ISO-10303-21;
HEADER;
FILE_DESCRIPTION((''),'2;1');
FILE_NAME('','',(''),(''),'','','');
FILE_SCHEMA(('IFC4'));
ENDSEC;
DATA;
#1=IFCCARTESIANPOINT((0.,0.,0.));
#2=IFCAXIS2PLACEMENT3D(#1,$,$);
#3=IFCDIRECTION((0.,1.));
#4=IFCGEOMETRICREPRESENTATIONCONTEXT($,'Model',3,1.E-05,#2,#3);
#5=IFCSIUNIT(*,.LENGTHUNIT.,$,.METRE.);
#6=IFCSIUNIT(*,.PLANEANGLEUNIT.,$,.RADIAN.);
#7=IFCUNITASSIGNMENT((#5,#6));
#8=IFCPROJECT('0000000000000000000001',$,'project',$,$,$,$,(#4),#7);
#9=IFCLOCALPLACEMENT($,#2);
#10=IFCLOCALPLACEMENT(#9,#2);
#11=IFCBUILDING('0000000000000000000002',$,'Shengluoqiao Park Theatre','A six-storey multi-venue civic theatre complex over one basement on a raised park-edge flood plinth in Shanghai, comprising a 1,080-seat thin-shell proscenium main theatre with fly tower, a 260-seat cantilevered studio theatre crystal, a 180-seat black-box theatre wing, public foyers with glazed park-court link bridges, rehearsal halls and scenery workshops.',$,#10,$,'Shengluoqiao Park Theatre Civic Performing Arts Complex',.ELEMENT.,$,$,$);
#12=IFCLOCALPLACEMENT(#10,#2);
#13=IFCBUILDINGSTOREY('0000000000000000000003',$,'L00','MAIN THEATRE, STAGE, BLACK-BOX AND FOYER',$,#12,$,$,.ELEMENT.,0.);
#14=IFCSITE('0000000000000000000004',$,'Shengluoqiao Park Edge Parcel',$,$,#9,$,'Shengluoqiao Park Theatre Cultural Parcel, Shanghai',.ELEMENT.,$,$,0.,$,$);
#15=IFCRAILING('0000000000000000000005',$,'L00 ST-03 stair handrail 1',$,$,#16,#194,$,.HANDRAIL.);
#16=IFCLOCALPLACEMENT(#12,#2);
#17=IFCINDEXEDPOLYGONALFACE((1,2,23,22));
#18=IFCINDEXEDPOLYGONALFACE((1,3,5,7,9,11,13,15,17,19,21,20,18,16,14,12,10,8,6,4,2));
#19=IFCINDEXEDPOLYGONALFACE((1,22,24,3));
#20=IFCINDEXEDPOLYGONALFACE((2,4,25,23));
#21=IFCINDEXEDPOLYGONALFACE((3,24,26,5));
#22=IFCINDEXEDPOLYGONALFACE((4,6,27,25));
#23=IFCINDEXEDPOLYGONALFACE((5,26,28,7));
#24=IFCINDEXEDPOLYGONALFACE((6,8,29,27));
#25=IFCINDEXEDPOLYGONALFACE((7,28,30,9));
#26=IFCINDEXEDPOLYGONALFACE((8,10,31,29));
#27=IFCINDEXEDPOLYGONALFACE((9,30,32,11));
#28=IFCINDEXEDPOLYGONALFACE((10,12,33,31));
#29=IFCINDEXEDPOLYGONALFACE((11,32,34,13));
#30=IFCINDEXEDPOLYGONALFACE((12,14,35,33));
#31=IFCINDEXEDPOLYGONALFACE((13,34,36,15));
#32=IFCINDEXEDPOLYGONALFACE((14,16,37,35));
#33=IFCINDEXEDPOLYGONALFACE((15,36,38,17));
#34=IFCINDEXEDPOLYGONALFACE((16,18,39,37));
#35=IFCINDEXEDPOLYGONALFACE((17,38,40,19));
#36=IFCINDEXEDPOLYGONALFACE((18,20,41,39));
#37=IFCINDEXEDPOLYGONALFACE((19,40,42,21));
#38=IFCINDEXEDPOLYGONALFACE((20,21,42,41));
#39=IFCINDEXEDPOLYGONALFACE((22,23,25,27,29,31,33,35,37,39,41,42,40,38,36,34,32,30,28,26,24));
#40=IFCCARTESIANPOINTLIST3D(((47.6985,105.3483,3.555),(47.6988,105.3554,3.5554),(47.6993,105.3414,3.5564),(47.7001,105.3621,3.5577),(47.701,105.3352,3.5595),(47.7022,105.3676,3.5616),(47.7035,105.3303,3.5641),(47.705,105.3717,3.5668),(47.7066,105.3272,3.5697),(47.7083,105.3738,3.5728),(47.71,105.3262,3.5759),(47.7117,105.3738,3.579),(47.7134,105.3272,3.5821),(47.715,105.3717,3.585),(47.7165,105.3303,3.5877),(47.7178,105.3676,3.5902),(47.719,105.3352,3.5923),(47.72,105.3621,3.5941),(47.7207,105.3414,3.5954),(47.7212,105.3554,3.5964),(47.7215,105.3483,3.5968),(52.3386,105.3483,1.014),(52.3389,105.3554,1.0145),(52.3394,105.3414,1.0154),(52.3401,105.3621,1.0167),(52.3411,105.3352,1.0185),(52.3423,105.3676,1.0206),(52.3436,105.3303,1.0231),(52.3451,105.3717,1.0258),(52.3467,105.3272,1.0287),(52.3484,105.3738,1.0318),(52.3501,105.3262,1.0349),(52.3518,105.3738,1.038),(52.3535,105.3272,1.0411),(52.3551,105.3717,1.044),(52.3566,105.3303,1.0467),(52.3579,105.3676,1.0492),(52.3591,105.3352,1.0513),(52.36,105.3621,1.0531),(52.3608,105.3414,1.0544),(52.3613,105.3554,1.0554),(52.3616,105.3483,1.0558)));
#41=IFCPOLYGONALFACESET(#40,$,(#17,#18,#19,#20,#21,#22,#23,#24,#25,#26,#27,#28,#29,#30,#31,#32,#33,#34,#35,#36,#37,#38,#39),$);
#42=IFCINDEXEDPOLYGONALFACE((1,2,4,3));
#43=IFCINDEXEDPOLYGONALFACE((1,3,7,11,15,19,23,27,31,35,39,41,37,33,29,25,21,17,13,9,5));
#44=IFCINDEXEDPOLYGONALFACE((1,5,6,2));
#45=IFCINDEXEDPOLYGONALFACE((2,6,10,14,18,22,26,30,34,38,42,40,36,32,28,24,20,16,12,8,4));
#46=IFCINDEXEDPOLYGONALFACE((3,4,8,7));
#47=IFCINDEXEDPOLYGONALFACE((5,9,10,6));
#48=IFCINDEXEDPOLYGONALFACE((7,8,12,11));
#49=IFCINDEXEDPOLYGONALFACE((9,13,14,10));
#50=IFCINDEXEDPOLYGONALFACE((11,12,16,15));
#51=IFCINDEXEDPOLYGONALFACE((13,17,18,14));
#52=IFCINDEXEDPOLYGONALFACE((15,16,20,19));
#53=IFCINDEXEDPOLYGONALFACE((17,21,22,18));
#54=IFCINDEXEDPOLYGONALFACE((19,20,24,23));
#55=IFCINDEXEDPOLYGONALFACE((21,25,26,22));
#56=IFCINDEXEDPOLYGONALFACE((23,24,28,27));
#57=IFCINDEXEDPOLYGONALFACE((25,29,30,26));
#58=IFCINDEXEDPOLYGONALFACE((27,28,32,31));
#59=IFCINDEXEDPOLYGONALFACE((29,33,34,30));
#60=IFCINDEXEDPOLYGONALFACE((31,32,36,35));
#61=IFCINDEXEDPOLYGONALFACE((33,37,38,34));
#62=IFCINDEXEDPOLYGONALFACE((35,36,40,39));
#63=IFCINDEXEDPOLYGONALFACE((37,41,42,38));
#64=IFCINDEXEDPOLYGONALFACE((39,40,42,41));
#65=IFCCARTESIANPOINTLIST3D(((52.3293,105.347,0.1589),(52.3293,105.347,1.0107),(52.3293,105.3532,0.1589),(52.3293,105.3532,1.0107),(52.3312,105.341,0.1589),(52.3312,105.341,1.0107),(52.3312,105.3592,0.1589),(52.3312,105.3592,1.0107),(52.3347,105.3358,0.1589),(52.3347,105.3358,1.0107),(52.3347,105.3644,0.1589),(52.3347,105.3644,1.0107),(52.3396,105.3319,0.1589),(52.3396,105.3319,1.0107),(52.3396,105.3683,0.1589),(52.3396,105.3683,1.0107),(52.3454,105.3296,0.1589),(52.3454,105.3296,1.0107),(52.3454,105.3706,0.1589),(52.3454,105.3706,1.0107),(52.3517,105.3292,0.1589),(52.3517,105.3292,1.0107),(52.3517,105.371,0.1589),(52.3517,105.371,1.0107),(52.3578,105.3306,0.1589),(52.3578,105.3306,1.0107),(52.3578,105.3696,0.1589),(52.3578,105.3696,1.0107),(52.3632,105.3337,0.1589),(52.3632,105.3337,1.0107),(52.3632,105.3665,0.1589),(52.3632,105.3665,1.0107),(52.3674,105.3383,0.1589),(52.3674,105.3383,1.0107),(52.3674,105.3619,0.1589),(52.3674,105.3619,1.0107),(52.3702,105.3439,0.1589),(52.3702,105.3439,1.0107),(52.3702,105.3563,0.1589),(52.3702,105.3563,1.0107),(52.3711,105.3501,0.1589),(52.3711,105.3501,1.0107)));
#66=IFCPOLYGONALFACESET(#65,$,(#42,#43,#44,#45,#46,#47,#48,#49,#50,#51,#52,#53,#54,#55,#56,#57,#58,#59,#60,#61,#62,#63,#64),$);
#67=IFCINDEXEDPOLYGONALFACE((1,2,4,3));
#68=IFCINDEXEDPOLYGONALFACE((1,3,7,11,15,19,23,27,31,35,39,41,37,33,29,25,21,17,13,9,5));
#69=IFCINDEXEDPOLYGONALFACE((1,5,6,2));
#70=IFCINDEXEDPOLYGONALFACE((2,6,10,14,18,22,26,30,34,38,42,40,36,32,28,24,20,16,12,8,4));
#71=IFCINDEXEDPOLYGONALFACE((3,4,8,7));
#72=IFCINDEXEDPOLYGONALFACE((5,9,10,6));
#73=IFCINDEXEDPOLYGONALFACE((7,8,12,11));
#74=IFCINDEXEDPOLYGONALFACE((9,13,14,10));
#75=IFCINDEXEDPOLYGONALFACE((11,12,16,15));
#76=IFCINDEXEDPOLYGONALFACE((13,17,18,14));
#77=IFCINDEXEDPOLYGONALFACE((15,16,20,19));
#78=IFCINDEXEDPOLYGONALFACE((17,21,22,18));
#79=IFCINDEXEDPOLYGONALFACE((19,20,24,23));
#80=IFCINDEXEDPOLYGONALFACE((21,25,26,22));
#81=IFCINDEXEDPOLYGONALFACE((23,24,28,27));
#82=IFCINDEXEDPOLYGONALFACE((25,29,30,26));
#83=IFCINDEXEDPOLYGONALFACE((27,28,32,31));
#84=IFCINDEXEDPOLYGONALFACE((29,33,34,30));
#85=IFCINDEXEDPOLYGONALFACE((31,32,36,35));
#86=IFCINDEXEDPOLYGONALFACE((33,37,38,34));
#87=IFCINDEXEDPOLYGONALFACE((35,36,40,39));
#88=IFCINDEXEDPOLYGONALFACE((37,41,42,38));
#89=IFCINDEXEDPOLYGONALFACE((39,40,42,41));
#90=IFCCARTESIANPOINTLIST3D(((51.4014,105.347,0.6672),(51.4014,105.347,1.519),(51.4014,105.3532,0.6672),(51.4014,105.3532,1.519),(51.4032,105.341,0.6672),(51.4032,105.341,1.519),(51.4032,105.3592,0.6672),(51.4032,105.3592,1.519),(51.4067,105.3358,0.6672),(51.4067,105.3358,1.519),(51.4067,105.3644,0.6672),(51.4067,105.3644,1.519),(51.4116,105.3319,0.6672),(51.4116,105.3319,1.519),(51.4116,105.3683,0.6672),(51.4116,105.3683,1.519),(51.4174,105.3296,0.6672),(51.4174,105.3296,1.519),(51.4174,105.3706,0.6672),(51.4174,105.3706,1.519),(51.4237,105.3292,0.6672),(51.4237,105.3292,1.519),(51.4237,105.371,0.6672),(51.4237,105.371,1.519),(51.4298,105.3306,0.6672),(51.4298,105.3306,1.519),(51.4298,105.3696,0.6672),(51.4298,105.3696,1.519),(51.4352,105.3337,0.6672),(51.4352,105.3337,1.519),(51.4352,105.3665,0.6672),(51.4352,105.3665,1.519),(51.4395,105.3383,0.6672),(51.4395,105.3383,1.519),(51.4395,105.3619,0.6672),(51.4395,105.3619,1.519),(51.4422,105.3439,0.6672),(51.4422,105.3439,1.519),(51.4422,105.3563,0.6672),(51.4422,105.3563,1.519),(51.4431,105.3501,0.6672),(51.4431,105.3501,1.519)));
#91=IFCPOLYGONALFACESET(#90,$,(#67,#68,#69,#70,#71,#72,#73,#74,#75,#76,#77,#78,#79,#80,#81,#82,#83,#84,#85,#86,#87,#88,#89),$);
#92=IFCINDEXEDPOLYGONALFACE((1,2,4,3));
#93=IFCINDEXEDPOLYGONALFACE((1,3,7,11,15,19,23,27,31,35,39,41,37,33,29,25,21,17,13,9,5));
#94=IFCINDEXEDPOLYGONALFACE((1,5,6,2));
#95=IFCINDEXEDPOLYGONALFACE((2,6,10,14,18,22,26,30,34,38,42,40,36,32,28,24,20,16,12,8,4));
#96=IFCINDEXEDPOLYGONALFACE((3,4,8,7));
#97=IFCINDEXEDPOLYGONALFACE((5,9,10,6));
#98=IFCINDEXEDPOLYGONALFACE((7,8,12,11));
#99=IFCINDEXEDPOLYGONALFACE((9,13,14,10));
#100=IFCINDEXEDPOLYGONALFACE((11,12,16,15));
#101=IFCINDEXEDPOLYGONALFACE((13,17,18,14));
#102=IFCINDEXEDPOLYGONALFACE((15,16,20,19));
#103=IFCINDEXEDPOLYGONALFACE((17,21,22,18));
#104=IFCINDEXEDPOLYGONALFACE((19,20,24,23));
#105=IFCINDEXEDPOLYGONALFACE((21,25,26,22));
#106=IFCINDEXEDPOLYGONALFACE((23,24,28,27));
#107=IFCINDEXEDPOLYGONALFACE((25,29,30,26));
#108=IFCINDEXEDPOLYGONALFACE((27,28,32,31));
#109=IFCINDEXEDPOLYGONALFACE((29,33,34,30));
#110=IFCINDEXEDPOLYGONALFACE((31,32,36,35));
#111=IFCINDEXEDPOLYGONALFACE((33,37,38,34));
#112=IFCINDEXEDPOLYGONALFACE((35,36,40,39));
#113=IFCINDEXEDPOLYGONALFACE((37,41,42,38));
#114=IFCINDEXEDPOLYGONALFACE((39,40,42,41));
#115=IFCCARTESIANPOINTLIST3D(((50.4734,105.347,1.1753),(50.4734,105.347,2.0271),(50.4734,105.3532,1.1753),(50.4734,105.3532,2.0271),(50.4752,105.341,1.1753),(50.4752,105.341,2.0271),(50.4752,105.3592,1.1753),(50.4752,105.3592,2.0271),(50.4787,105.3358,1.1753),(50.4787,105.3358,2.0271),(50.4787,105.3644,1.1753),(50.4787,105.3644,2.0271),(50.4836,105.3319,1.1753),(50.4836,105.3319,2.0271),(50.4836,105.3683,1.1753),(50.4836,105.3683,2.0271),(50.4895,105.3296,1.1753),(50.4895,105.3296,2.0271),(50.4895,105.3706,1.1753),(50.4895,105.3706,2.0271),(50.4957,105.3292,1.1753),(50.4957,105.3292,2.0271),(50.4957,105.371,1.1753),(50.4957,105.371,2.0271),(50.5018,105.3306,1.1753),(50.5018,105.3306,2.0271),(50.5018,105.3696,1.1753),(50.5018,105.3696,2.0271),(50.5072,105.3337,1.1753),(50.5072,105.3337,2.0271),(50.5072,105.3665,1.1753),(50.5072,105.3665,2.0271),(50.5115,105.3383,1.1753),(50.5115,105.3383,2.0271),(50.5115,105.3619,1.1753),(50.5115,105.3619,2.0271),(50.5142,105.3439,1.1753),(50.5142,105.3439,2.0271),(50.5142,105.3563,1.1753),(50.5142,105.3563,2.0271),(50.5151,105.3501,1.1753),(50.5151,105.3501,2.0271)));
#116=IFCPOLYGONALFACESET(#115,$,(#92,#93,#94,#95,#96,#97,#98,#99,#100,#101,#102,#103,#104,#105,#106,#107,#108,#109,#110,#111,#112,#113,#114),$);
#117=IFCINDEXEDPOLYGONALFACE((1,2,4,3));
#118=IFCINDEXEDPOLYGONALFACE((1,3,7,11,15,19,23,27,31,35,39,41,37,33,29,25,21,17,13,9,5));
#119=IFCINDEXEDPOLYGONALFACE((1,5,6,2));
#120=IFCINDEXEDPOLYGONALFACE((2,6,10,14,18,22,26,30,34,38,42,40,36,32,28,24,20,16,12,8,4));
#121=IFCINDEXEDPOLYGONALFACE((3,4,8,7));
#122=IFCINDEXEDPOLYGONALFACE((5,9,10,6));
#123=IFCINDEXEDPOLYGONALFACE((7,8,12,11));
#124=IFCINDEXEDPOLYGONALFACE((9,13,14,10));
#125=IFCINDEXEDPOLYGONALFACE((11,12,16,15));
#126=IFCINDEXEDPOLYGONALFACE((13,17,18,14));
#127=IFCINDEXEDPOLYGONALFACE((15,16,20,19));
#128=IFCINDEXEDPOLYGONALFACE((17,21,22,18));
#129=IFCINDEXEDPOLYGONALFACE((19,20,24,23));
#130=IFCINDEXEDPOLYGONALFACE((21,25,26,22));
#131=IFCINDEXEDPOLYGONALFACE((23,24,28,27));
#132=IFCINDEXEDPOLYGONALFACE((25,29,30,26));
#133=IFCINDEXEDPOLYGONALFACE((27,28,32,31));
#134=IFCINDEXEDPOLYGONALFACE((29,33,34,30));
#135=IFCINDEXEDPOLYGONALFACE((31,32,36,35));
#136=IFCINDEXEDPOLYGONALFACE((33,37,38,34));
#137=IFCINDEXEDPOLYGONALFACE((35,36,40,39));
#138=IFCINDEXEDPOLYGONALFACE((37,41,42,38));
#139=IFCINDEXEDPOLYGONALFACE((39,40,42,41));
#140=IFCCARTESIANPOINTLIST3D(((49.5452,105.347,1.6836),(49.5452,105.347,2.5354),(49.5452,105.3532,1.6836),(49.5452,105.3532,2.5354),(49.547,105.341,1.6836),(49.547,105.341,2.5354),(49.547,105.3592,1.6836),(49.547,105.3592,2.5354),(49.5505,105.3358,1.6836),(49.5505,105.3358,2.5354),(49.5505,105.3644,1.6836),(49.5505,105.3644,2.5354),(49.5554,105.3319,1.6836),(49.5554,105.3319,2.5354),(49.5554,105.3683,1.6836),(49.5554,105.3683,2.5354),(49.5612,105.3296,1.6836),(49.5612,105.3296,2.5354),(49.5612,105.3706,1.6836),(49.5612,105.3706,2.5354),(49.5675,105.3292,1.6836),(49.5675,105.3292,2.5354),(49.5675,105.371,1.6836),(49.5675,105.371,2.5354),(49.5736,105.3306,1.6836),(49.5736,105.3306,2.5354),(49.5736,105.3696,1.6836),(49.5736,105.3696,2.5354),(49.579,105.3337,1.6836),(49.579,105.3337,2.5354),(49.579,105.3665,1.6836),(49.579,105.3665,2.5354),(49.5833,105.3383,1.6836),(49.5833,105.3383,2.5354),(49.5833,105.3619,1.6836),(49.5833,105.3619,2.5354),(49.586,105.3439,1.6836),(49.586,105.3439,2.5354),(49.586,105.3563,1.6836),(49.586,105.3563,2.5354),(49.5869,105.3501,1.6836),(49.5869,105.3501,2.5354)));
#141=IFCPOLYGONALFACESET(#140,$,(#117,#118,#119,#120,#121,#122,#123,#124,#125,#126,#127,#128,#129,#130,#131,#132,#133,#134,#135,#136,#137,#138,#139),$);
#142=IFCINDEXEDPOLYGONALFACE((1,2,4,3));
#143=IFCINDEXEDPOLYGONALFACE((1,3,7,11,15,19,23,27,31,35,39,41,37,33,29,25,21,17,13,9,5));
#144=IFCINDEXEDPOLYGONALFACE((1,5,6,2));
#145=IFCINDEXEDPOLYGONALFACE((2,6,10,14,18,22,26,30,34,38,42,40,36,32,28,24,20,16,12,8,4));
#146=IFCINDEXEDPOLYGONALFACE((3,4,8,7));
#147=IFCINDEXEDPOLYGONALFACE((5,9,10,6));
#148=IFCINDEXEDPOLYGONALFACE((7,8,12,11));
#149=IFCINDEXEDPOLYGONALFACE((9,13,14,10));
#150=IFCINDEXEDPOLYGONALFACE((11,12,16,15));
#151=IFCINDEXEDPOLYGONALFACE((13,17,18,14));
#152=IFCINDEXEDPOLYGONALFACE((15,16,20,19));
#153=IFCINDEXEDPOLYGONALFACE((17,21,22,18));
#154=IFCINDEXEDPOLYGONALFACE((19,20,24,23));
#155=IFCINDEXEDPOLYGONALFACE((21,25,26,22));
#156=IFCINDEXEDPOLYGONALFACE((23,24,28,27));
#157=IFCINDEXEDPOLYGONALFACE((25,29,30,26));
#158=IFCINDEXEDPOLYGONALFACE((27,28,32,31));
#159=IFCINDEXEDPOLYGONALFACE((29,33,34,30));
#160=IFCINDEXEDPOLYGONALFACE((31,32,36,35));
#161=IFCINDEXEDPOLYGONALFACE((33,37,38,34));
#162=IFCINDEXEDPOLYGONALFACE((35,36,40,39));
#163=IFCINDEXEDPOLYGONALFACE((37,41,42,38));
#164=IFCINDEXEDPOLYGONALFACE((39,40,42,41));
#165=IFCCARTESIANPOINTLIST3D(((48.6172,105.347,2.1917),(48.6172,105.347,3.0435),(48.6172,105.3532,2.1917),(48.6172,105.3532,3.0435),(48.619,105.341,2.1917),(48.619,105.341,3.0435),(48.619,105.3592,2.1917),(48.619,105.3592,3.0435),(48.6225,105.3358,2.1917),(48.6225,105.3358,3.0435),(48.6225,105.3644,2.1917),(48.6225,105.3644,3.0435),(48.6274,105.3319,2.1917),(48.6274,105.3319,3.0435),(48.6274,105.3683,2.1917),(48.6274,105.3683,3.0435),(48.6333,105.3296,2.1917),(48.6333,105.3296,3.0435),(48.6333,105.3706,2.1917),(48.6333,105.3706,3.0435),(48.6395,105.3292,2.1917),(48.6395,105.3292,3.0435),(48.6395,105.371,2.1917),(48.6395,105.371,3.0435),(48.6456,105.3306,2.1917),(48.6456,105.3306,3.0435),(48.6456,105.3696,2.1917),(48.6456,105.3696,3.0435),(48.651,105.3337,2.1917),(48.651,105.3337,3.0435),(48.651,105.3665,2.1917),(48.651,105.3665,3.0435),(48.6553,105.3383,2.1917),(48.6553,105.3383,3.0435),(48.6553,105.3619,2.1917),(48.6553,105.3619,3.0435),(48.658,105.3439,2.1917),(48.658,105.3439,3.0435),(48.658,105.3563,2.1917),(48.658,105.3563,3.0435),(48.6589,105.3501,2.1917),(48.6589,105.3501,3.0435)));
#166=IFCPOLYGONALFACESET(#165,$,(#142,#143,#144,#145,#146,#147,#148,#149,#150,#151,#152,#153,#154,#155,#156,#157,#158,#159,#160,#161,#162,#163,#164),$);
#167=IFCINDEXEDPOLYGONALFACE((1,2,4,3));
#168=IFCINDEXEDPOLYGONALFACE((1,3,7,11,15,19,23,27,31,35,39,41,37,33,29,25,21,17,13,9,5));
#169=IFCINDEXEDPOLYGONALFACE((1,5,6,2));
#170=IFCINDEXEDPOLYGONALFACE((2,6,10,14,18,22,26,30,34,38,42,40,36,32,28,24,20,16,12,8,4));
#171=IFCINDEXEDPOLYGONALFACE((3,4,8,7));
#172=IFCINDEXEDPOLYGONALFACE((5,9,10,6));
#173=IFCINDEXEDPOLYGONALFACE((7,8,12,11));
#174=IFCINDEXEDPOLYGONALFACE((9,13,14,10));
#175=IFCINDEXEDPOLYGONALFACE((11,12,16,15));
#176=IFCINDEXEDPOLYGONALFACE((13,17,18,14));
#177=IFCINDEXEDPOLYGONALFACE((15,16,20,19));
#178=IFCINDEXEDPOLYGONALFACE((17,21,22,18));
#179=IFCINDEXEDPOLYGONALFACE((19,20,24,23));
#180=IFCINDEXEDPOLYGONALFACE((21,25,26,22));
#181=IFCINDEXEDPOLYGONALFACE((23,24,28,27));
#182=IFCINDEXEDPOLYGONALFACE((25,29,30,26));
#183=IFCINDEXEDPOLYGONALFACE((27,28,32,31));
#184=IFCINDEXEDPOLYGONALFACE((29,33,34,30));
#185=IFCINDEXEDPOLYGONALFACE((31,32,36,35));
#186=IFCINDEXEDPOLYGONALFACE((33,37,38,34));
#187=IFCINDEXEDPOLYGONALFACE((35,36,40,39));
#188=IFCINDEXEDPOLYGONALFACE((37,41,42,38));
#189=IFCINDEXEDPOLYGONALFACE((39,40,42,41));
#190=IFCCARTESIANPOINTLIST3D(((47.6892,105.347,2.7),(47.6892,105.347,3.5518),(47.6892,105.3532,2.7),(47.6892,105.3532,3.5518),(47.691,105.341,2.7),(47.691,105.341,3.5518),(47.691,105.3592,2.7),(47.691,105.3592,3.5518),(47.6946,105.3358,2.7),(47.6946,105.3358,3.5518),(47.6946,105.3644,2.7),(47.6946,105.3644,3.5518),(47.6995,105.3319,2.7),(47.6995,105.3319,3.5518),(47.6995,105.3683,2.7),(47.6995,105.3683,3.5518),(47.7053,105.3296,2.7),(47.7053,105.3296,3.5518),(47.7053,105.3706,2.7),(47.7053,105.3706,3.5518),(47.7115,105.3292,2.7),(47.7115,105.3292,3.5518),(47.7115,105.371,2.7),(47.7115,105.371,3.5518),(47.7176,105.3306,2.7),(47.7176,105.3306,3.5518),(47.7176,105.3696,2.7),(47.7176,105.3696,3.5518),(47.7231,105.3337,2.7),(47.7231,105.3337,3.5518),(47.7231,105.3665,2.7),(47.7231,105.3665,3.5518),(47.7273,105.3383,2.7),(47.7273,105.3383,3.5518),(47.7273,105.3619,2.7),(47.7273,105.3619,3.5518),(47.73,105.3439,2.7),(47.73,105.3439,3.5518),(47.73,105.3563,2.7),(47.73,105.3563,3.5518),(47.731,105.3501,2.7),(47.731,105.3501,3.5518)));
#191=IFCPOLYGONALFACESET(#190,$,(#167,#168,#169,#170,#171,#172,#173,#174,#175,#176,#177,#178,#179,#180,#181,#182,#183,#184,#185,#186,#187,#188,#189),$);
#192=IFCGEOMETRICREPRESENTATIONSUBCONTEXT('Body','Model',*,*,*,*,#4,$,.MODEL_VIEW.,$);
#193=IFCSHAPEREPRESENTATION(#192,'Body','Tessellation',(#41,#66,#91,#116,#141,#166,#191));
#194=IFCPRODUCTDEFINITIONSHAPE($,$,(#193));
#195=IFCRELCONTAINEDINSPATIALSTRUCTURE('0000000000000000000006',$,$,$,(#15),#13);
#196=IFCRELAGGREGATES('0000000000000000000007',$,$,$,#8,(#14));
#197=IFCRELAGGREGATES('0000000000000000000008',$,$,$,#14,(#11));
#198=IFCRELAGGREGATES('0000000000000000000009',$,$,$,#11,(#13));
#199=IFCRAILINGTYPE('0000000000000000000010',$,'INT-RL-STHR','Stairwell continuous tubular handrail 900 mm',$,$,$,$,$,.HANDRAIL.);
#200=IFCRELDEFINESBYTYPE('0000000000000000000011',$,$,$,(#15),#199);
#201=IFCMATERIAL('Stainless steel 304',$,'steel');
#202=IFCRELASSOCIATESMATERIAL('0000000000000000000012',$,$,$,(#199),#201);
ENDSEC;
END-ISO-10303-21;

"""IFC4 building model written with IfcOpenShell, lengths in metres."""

from ifc_helpers import new_model, si_unit, direction, frame, origin, origin_2d, place, context, subcontext, project, spatial, circle, extrude, material, type_object, element, save


model = new_model("IFC4")

# Units and contexts
model_context = context("Model", 3, precision=1e-05, world=origin(), true_north=direction((0.0, 1.0)))
body_context = subcontext(model_context, "Body", "Model", "MODEL_VIEW")
ifc_project = project(units=[si_unit("LENGTHUNIT", "METRE"), si_unit("PLANEANGLEUNIT", "RADIAN")], contexts=[model_context])

# Site, building, storey
site_placement = place(None, origin())
site = spatial("IfcSite", under=ifc_project, at=site_placement, Name="Shengluoqiao Park Edge Parcel", LongName="Shengluoqiao Park Theatre Cultural Parcel, Shanghai", CompositionType="ELEMENT", RefElevation=0.0)
building_placement = place(site_placement, origin())
building = spatial("IfcBuilding", under=site, at=building_placement, Name="Shengluoqiao Park Theatre", Description="A six-storey multi-venue civic theatre complex over one basement on a raised park-edge flood plinth in Shanghai, comprising a 1,080-seat thin-shell proscenium main theatre with fly tower, a 260-seat cantilevered studio theatre crystal, a 180-seat black-box theatre wing, public foyers with glazed park-court link bridges, rehearsal halls and scenery workshops.", LongName="Shengluoqiao Park Theatre Civic Performing Arts Complex", CompositionType="ELEMENT")
storey_placement = place(building_placement, origin())
storey = spatial("IfcBuildingStorey", under=building, at=storey_placement, Name="L00", Description="MAIN THEATRE, STAGE, BLACK-BOX AND FOYER", CompositionType="ELEMENT", Elevation=0.0)

# Railing
ifc_material_1 = material(Name="Stainless steel 304", Category="steel")
railing_type_1 = type_object("IfcRailingType", Name="INT-RL-STHR", Description="Stairwell continuous tubular handrail 900 mm", PredefinedType="HANDRAIL", material=ifc_material_1)
railing_1_placement = place(storey_placement, frame((52.3501, 105.3501, 0.1589)))
element("IfcRailing", 1, at=railing_1_placement, inside=storey, type_object=railing_type_1, Name="L00 ST-03 stair handrail 1", PredefinedType="HANDRAIL", context=body_context, shape_type="SweptSolid", body=[
    extrude(circle(Radius=0.0239, at=origin_2d()), frame((0.0, 0.0, 0.876), z_axis=(-0.877097, 0.0, 0.480313), x_axis=(0.0, -1.0, 0.0)), (0.0, 0.0, 1.0), 5.2903),
    extrude(circle(Radius=0.021, at=origin_2d()), origin(), (0.0, 0.0, 1.0), 0.8518),
    extrude(circle(Radius=0.021, at=origin_2d()), frame((-0.928, 0.0, 0.5083)), (0.0, 0.0, 1.0), 0.8518),
    extrude(circle(Radius=0.021, at=origin_2d()), frame((-1.856, 0.0, 1.0164)), (0.0, 0.0, 1.0), 0.8518),
    extrude(circle(Radius=0.021, at=origin_2d()), frame((-2.7842, 0.0, 1.5247)), (0.0, 0.0, 1.0), 0.8518),
    extrude(circle(Radius=0.021, at=origin_2d()), frame((-3.7122, 0.0, 2.0327)), (0.0, 0.0, 1.0), 0.8518),
    extrude(circle(Radius=0.021, at=origin_2d()), frame((-4.6401, 0.0, 2.541)), (0.0, 0.0, 1.0), 0.8518),
])

save(model, "model.ifc")
